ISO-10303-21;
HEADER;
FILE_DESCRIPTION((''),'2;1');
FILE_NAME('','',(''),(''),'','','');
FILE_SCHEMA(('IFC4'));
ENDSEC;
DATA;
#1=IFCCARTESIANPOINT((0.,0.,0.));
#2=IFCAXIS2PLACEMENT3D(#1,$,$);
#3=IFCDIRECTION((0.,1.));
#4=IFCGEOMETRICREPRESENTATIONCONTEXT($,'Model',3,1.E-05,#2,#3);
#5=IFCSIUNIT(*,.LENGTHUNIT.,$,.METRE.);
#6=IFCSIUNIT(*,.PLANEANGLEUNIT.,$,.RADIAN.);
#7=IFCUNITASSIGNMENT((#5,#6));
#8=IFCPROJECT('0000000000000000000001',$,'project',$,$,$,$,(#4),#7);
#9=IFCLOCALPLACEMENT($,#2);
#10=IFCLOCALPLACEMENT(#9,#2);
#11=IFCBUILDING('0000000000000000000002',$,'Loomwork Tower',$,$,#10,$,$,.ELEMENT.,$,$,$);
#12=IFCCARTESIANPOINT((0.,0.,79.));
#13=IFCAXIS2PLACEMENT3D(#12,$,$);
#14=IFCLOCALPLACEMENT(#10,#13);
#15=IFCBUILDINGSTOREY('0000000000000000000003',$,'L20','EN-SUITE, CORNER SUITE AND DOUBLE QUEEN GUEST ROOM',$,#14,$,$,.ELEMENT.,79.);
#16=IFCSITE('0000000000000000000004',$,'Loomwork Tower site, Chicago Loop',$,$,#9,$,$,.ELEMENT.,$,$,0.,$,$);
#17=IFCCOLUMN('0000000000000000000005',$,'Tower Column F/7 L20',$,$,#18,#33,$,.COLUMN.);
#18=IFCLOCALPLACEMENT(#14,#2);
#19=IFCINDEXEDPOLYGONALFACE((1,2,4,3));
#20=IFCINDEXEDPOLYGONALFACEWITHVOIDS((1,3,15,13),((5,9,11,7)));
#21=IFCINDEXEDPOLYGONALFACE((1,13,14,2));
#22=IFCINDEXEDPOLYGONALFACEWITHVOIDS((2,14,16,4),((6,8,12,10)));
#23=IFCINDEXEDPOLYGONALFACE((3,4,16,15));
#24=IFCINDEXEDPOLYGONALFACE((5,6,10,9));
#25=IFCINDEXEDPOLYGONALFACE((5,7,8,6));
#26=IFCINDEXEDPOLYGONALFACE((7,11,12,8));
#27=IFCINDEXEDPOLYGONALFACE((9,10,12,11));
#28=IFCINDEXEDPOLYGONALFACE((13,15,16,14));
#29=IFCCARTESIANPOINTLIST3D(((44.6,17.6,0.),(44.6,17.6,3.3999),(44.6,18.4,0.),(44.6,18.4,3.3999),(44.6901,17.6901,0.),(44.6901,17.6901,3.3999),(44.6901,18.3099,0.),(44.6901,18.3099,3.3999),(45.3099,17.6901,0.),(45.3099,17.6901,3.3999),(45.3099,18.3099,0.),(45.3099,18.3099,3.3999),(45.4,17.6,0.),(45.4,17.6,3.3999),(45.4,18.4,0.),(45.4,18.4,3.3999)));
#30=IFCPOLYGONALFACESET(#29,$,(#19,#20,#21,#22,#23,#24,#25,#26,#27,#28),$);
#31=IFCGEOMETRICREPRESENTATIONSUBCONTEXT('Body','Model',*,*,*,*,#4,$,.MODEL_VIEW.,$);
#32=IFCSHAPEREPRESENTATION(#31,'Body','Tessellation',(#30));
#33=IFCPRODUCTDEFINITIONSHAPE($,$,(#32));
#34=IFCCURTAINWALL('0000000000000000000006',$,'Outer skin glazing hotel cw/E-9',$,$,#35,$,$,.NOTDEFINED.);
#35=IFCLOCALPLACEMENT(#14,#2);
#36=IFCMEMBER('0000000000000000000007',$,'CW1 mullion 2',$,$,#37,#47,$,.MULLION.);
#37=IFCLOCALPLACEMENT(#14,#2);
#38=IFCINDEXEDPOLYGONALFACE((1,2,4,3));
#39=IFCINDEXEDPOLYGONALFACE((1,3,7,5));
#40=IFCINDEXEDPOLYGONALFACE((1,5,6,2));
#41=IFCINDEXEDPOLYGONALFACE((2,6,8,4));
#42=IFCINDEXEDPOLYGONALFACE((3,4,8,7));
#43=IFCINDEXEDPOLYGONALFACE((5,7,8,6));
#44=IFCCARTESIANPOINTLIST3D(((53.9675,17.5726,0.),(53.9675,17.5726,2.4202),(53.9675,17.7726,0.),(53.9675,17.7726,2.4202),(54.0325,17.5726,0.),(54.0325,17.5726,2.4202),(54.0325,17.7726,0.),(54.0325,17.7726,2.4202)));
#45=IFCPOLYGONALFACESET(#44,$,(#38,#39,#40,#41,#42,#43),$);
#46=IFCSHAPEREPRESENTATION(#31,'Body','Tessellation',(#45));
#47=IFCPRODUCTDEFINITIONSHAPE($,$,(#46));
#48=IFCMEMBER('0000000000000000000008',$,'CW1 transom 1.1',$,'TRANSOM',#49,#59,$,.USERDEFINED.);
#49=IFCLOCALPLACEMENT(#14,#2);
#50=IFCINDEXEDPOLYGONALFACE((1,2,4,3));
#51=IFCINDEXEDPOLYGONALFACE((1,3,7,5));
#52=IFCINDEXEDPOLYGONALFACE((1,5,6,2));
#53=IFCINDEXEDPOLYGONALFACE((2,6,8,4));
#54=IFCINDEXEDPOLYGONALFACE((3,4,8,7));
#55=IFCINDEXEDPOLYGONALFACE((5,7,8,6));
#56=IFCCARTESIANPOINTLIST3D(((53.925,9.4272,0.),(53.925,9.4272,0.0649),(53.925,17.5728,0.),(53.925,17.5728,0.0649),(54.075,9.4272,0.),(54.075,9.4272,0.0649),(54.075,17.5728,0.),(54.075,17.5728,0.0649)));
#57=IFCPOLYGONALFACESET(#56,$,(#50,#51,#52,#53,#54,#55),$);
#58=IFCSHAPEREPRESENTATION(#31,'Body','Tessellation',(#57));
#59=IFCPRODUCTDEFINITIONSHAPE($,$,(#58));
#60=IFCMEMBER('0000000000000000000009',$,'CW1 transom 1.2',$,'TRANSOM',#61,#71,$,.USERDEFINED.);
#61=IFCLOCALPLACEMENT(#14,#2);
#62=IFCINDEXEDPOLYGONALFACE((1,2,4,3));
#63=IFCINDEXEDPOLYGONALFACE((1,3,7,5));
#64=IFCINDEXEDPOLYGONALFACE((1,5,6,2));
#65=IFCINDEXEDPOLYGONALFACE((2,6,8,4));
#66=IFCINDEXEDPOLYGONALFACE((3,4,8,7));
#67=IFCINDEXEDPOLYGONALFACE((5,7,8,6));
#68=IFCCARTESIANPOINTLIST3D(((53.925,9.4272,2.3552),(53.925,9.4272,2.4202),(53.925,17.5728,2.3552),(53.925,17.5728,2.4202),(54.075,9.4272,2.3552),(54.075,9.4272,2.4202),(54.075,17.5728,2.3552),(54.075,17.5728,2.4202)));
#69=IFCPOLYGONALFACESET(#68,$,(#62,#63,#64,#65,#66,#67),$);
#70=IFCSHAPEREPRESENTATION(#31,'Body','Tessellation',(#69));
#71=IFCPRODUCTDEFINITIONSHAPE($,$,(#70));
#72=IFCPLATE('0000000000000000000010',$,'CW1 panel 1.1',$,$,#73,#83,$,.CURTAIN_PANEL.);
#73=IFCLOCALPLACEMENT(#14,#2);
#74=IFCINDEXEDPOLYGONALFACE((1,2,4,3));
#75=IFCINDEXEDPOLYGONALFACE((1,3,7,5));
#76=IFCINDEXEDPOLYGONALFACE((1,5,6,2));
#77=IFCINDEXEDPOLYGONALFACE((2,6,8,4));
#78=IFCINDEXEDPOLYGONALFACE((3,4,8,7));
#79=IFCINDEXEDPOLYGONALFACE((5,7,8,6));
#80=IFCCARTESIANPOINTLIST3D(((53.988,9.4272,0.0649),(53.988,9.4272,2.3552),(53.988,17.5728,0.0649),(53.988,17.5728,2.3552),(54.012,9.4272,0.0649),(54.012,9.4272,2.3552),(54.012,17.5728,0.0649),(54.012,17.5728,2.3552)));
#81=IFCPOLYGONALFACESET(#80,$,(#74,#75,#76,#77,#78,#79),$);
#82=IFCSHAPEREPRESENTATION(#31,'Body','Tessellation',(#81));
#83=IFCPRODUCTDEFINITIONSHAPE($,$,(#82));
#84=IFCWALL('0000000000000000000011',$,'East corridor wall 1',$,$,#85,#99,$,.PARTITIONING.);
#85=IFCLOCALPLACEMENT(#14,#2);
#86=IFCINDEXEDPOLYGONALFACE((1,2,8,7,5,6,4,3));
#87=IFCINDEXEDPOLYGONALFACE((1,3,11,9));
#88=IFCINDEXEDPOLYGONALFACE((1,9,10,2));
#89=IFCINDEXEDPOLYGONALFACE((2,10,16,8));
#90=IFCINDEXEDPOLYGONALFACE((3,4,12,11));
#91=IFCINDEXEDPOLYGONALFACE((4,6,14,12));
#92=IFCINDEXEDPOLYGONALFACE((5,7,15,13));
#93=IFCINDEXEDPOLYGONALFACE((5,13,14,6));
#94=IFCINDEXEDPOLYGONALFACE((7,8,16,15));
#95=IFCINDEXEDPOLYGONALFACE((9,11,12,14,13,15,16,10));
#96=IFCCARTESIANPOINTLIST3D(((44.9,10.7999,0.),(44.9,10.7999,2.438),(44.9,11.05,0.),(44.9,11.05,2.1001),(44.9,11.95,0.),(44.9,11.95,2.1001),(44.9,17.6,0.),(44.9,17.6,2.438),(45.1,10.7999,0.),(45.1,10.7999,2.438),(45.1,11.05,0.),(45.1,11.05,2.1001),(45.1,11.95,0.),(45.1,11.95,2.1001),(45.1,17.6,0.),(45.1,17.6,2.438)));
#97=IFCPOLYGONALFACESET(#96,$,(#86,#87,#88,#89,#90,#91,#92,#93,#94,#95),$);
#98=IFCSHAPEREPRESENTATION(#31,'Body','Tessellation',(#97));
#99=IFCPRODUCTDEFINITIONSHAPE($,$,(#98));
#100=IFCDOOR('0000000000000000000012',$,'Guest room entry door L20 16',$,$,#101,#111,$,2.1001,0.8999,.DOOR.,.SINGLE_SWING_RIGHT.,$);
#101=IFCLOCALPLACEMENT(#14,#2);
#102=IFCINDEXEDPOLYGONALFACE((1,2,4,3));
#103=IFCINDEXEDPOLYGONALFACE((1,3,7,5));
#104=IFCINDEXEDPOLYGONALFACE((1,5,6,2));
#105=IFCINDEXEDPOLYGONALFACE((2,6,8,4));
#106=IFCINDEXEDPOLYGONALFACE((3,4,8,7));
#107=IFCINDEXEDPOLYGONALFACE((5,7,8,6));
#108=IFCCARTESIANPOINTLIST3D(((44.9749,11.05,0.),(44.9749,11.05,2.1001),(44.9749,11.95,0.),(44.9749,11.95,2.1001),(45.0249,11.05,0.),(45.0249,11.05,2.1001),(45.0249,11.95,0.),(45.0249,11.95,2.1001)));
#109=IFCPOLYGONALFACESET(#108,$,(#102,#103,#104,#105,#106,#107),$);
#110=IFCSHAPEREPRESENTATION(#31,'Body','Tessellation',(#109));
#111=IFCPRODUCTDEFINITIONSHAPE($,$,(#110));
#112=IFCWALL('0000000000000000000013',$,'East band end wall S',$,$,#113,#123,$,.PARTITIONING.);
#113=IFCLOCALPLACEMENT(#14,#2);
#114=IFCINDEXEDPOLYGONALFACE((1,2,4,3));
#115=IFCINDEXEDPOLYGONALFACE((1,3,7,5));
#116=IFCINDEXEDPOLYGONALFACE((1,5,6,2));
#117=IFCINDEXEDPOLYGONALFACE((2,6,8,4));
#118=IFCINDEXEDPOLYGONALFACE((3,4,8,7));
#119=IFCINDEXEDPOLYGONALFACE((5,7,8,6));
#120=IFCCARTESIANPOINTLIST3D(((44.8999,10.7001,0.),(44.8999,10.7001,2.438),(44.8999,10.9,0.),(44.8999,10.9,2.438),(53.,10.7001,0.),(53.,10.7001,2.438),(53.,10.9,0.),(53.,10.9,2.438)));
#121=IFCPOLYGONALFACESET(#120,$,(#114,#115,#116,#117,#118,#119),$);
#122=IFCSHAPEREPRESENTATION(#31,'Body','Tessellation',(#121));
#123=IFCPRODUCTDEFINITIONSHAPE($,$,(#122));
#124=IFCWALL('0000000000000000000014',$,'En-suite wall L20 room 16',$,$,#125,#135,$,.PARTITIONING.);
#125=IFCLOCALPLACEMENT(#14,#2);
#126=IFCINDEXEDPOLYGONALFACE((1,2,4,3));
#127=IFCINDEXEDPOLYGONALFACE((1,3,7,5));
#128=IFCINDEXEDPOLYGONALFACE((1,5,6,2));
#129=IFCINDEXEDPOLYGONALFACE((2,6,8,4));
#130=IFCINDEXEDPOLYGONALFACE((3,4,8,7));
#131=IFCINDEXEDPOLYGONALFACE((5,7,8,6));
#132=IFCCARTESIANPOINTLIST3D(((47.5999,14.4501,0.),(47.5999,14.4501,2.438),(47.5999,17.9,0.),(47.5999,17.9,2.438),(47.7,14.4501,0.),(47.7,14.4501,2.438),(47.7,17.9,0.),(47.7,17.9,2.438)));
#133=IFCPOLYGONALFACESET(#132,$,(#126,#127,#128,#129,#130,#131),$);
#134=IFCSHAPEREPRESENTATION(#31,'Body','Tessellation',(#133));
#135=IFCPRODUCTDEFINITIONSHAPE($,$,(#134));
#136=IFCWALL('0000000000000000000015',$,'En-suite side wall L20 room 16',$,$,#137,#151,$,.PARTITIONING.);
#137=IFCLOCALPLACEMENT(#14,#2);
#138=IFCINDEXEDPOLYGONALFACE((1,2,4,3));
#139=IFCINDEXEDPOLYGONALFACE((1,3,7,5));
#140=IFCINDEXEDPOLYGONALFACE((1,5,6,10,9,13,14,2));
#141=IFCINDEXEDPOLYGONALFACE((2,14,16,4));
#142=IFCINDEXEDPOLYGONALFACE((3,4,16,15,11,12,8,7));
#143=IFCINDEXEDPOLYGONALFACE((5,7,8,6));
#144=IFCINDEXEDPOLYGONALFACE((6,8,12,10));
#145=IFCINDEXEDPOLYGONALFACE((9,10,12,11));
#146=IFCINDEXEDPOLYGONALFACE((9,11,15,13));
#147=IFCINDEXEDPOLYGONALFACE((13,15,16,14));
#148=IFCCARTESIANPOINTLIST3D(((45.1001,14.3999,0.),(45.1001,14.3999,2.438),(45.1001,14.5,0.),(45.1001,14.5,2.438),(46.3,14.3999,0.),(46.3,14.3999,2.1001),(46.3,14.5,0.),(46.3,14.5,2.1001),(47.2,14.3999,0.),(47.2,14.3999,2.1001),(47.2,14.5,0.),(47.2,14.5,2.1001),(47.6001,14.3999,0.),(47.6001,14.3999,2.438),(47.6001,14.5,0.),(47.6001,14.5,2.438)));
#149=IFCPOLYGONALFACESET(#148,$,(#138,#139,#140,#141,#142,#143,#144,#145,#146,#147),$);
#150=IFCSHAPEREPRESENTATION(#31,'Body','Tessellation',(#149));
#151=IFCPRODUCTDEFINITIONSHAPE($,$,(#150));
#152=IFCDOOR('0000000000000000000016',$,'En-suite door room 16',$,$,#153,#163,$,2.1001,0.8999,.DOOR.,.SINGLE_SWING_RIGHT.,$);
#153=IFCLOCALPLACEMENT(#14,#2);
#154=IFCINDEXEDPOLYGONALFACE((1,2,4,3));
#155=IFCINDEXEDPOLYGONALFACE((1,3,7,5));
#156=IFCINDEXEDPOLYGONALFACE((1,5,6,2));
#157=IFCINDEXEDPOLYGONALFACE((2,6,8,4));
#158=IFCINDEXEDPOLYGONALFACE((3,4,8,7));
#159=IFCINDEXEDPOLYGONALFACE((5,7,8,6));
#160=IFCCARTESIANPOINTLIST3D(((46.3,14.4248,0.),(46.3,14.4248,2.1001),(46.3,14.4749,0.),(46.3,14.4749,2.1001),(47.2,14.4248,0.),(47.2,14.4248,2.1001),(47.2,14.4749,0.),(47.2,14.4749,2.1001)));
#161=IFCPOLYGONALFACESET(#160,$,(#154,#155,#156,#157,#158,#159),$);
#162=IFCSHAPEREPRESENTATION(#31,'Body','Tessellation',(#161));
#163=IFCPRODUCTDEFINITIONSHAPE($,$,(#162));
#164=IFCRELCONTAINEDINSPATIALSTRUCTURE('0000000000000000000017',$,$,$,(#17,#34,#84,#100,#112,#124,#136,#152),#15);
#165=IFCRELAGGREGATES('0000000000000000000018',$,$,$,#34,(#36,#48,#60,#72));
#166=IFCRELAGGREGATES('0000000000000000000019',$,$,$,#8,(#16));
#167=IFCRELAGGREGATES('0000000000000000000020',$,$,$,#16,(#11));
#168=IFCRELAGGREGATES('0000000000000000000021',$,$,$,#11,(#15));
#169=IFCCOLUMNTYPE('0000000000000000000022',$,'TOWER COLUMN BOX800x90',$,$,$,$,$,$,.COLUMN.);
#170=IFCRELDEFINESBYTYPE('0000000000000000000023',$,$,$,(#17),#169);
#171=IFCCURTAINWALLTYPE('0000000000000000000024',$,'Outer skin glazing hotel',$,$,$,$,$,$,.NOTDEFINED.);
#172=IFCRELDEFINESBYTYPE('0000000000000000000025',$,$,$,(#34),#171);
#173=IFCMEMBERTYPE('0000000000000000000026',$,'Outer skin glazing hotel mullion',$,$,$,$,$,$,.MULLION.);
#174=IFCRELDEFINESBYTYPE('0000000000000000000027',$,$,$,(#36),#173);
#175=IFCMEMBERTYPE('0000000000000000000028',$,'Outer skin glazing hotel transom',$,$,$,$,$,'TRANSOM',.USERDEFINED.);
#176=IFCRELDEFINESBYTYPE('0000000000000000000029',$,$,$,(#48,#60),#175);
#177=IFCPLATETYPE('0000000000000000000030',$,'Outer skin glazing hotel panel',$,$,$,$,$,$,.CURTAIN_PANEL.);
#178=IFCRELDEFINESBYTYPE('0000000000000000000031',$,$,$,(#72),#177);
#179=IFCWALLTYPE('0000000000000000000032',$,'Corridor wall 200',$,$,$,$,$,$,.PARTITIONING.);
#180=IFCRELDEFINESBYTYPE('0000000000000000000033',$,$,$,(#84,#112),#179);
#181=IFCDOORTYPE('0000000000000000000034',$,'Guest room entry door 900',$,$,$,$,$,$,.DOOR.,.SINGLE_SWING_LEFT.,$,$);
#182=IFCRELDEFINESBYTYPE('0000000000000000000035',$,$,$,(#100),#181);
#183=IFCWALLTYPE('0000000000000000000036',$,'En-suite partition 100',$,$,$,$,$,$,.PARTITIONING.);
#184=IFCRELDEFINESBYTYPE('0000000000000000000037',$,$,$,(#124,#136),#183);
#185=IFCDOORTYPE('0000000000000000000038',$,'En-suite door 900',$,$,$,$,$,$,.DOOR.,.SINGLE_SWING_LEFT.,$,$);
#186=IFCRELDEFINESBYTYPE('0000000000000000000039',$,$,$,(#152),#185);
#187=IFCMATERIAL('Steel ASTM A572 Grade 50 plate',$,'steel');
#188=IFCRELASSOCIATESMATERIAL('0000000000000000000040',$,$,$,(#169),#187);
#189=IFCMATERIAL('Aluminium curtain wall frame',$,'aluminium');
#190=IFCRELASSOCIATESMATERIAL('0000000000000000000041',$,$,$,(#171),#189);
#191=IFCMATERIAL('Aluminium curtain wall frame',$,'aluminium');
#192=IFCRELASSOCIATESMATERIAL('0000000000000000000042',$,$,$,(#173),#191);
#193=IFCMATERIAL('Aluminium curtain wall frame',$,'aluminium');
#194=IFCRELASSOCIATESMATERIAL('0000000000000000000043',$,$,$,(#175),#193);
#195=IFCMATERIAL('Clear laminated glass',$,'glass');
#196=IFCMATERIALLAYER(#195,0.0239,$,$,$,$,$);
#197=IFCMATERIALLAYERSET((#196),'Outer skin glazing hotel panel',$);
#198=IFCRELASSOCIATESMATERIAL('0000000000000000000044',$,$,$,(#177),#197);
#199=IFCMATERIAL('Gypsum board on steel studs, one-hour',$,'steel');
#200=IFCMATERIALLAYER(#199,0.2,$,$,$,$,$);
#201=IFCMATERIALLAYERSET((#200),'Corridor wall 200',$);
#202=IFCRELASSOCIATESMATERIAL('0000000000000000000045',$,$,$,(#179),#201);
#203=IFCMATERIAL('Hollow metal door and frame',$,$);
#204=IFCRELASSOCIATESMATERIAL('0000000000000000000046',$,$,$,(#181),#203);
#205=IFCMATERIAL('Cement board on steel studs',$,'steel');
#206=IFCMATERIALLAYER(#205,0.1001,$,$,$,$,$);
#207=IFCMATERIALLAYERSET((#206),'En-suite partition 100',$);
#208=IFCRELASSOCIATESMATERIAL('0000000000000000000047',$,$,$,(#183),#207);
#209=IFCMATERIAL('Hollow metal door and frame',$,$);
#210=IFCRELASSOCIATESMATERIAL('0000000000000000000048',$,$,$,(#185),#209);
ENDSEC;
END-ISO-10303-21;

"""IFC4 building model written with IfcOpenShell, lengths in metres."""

from ifc_helpers import new_model, si_unit, direction, frame, frame_2d, origin, origin_2d, place, context, subcontext, project, spatial, rectangle, hollow_rectangle, extrude, material, layer, layer_set, material_profile, profile_set, type_object, element, fill, aggregate, save


model = new_model("IFC4")

# Units and contexts
model_context = context("Model", 3, precision=1e-05, world=origin(), true_north=direction((0.0, 1.0)))
body_context = subcontext(model_context, "Body", "Model", "MODEL_VIEW")
ifc_project = project(units=[si_unit("LENGTHUNIT", "METRE"), si_unit("PLANEANGLEUNIT", "RADIAN")], contexts=[model_context])

# Site, building, storey
site_placement = place(None, origin())
site = spatial("IfcSite", under=ifc_project, at=site_placement, Name="Loomwork Tower site, Chicago Loop", CompositionType="ELEMENT", RefElevation=0.0)
building_placement = place(site_placement, origin())
building = spatial("IfcBuilding", under=site, at=building_placement, Name="Loomwork Tower", CompositionType="ELEMENT")
storey_placement = place(building_placement, frame((0.0, 0.0, 79.0)))
storey = spatial("IfcBuildingStorey", under=building, at=storey_placement, Name="L20", Description="EN-SUITE, CORNER SUITE AND DOUBLE QUEEN GUEST ROOM", CompositionType="ELEMENT", Elevation=79.0)

# Column
ifc_material_1 = material(Name="Steel ASTM A572 Grade 50 plate", Category="steel")
ifc_material_profile_1 = material_profile(ifc_material_1, hollow_rectangle(XDim=0.8, YDim=0.8, WallThickness=0.0901, at=origin_2d()), Name="BOX800x90")
ifc_profile_set_1 = profile_set([ifc_material_profile_1], Name="Steel ASTM A572 Grade 50 plate")
column_type = type_object("IfcColumnType", Name="TOWER COLUMN BOX800x90", PredefinedType="COLUMN", material=ifc_profile_set_1)
column_placement = place(storey_placement, frame((45.0, 18.0, 0.0), z_axis=(0.0, 0.0, 1.0), x_axis=(0.0, 1.0, 0.0)))
element("IfcColumn", 1, at=column_placement, inside=storey, type_object=column_type, Name="Tower Column F/7 L20", PredefinedType="COLUMN", context=body_context, shape_type="SweptSolid", body=[
    extrude(hollow_rectangle(XDim=0.8, YDim=0.8, WallThickness=0.0901, at=origin_2d()), origin(), (0.0, 0.0, 1.0), 3.3999),
])

# Curtain wall, members, plate
ifc_material_2 = material(Name="Aluminium curtain wall frame", Category="aluminium")
curtain_wall_type = type_object("IfcCurtainWallType", Name="Outer skin glazing hotel", PredefinedType="NOTDEFINED", material=ifc_material_2)
curtain_wall_placement = place(storey_placement, origin())
curtain_wall = element("IfcCurtainWall", 2, at=curtain_wall_placement, inside=storey, type_object=curtain_wall_type, Name="Outer skin glazing hotel cw/E-9", PredefinedType="NOTDEFINED")
ifc_material_3 = material(Name="Aluminium curtain wall frame", Category="aluminium")
ifc_material_profile_2 = material_profile(ifc_material_3, rectangle(XDim=0.0649, YDim=0.2, at=origin_2d()), Name="AL 65x200")
ifc_profile_set_2 = profile_set([ifc_material_profile_2], Name="Aluminium curtain wall frame")
member_type_1 = type_object("IfcMemberType", Name="Outer skin glazing hotel mullion", PredefinedType="MULLION", material=ifc_profile_set_2)
member_1_placement = place(storey_placement, frame((54.0, 17.6726, 0.0), z_axis=(0.0, 0.0, 1.0), x_axis=(-1.0, 0.0, 0.0)))
member_1 = element("IfcMember", 3, at=member_1_placement, type_object=member_type_1, Name="CW1 mullion 2", PredefinedType="MULLION", context=body_context, shape_type="SweptSolid", body=[
    extrude(rectangle(XDim=0.0649, YDim=0.2, at=origin_2d()), origin(), (0.0, 0.0, 1.0), 2.4202),
])
ifc_material_4 = material(Name="Aluminium curtain wall frame", Category="aluminium")
ifc_material_profile_3 = material_profile(ifc_material_4, rectangle(XDim=0.1499, YDim=0.0649, at=origin_2d()), Name="AL 65x150")
ifc_profile_set_3 = profile_set([ifc_material_profile_3], Name="Aluminium curtain wall frame")
member_type_2 = type_object("IfcMemberType", Name="Outer skin glazing hotel transom", ElementType="TRANSOM", PredefinedType="USERDEFINED", material=ifc_profile_set_3)
member_2_placement = place(storey_placement, frame((54.0, 9.4272, 0.0325), z_axis=(0.0, 1.0, 0.0), x_axis=(-1.0, 0.0, 0.0)))
member_2 = element("IfcMember", 4, at=member_2_placement, type_object=member_type_2, Name="CW1 transom 1.1", ObjectType="TRANSOM", PredefinedType="USERDEFINED", context=body_context, shape_type="SweptSolid", body=[
    extrude(rectangle(XDim=0.1499, YDim=0.0649, at=origin_2d()), origin(), (0.0, 0.0, 1.0), 8.1455),
])
member_3_placement = place(storey_placement, frame((54.0, 9.4272, 2.3877), z_axis=(0.0, 1.0, 0.0), x_axis=(-1.0, 0.0, 0.0)))
member_3 = element("IfcMember", 5, at=member_3_placement, type_object=member_type_2, Name="CW1 transom 1.2", ObjectType="TRANSOM", PredefinedType="USERDEFINED", context=body_context, shape_type="SweptSolid", body=[
    extrude(rectangle(XDim=0.1499, YDim=0.0649, at=origin_2d()), origin(), (0.0, 0.0, 1.0), 8.1455),
])
ifc_material_5 = material(Name="Clear laminated glass", Category="glass")
ifc_layer_1 = layer(ifc_material_5, 0.0239)
ifc_layer_set_1 = layer_set([ifc_layer_1], Name="Outer skin glazing hotel panel")
plate_type = type_object("IfcPlateType", Name="Outer skin glazing hotel panel", PredefinedType="CURTAIN_PANEL", material=ifc_layer_set_1)
plate_placement = place(storey_placement, frame((54.0, 13.5, 0.0649), z_axis=(0.0, 0.0, 1.0), x_axis=(0.0, 1.0, 0.0)))
plate = element("IfcPlate", 6, at=plate_placement, type_object=plate_type, Name="CW1 panel 1.1", PredefinedType="CURTAIN_PANEL", context=body_context, shape_type="SweptSolid", body=[
    extrude(rectangle(XDim=8.1455, YDim=0.0239, at=origin_2d()), origin(), (0.0, 0.0, 1.0), 2.2903),
])
aggregate(curtain_wall, [member_1, member_2, member_3, plate])

# Wall, opening, door
ifc_material_6 = material(Name="Gypsum board on steel studs, one-hour", Category="steel")
ifc_layer_2 = layer(ifc_material_6, 0.2)
ifc_layer_set_2 = layer_set([ifc_layer_2], Name="Corridor wall 200")
wall_type_1 = type_object("IfcWallType", Name="Corridor wall 200", PredefinedType="PARTITIONING", material=ifc_layer_set_2)
wall_1_placement = place(storey_placement, frame((45.0, 10.8, 0.0), z_axis=(0.0, 0.0, 1.0), x_axis=(0.0, 1.0, 0.0)))
wall_1 = element("IfcWall", 7, at=wall_1_placement, inside=storey, type_object=wall_type_1, Name="East corridor wall 1", PredefinedType="PARTITIONING", context=body_context, shape_type="SweptSolid", body=[
    extrude(rectangle(XDim=6.8, YDim=0.2, at=frame_2d((3.3999, 0.0))), origin(), (0.0, 0.0, 1.0), 2.438),
])
opening_1_placement = place(wall_1_placement, frame((0.25, 0.0, 0.0)))
opening_1 = element("IfcOpeningElement", 8, at=opening_1_placement, cuts=wall_1, PredefinedType="OPENING", context=body_context, shape_type="SweptSolid", body=[
    extrude(rectangle(XDim=0.8999, YDim=2.1001, at=frame_2d((0.45, 1.05))), frame((0.0, 0.1099, 0.0), z_axis=(0.0, -1.0, 0.0), x_axis=(1.0, 0.0, 0.0)), (0.0, 0.0, 1.0), 0.22),
])
ifc_material_7 = material(Name="Hollow metal door and frame")
door_type_1 = type_object("IfcDoorType", Name="Guest room entry door 900", OperationType="SINGLE_SWING_LEFT", PredefinedType="DOOR", material=ifc_material_7)
door_1_placement = place(opening_1_placement, frame((0.8999, 0.0, 0.0), z_axis=(0.0, 0.0, 1.0), x_axis=(-1.0, 0.0, 0.0)))
door_1 = element("IfcDoor", 9, at=door_1_placement, inside=storey, type_object=door_type_1, Name="Guest room entry door L20 16", OperationType="SINGLE_SWING_RIGHT", OverallHeight=2.1001, OverallWidth=0.8999, PredefinedType="DOOR", context=body_context, shape_type="SweptSolid", body=[
    extrude(rectangle(XDim=0.8999, YDim=2.1001, at=frame_2d((0.45, 1.05))), frame((0.0, 0.0249, 0.0), z_axis=(0.0, -1.0, 0.0), x_axis=(1.0, 0.0, 0.0)), (0.0, 0.0, 1.0), 0.05),
])
fill(opening_1, door_1)

# Walls
wall_2_placement = place(storey_placement, frame((44.8999, 10.8, 0.0), z_axis=(0.0, 0.0, 1.0), x_axis=(1.0, 0.0, 0.0)))
element("IfcWall", 10, at=wall_2_placement, inside=storey, type_object=wall_type_1, Name="East band end wall S", PredefinedType="PARTITIONING", context=body_context, shape_type="SweptSolid", body=[
    extrude(rectangle(XDim=8.1001, YDim=0.2, at=frame_2d((4.05, 0.0))), origin(), (0.0, 0.0, 1.0), 2.438),
])
ifc_material_8 = material(Name="Cement board on steel studs", Category="steel")
ifc_layer_3 = layer(ifc_material_8, 0.1001)
ifc_layer_set_3 = layer_set([ifc_layer_3], Name="En-suite partition 100")
wall_type_2 = type_object("IfcWallType", Name="En-suite partition 100", PredefinedType="PARTITIONING", material=ifc_layer_set_3)
wall_3_placement = place(storey_placement, frame((47.6499, 14.45, 0.0), z_axis=(0.0, 0.0, 1.0), x_axis=(0.0, 1.0, 0.0)))
element("IfcWall", 11, at=wall_3_placement, inside=storey, type_object=wall_type_2, Name="En-suite wall L20 room 16", PredefinedType="PARTITIONING", context=body_context, shape_type="SweptSolid", body=[
    extrude(rectangle(XDim=3.45, YDim=0.1001, at=frame_2d((1.7251, 0.0))), origin(), (0.0, 0.0, 1.0), 2.438),
])

# Wall, opening, door
wall_4_placement = place(storey_placement, frame((45.1001, 14.45, 0.0), z_axis=(0.0, 0.0, 1.0), x_axis=(1.0, 0.0, 0.0)))
wall_4 = element("IfcWall", 12, at=wall_4_placement, inside=storey, type_object=wall_type_2, Name="En-suite side wall L20 room 16", PredefinedType="PARTITIONING", context=body_context, shape_type="SweptSolid", body=[
    extrude(rectangle(XDim=2.5, YDim=0.1001, at=frame_2d((1.25, 0.0))), origin(), (0.0, 0.0, 1.0), 2.438),
])
opening_2_placement = place(wall_4_placement, frame((1.2, 0.0, 0.0)))
opening_2 = element("IfcOpeningElement", 13, at=opening_2_placement, cuts=wall_4, PredefinedType="OPENING", context=body_context, shape_type="SweptSolid", body=[
    extrude(rectangle(XDim=0.8999, YDim=2.1001, at=frame_2d((0.45, 1.05))), frame((0.0, 0.0601, 0.0), z_axis=(0.0, -1.0, 0.0), x_axis=(1.0, 0.0, 0.0)), (0.0, 0.0, 1.0), 0.1201),
])
ifc_material_9 = material(Name="Hollow metal door and frame")
door_type_2 = type_object("IfcDoorType", Name="En-suite door 900", OperationType="SINGLE_SWING_LEFT", PredefinedType="DOOR", material=ifc_material_9)
door_2_placement = place(opening_2_placement, origin())
door_2 = element("IfcDoor", 14, at=door_2_placement, inside=storey, type_object=door_type_2, Name="En-suite door room 16", OperationType="SINGLE_SWING_RIGHT", OverallHeight=2.1001, OverallWidth=0.8999, PredefinedType="DOOR", context=body_context, shape_type="SweptSolid", body=[
    extrude(rectangle(XDim=0.8999, YDim=2.1001, at=frame_2d((0.45, 1.05))), frame((0.0, 0.0249, 0.0), z_axis=(0.0, -1.0, 0.0), x_axis=(1.0, 0.0, 0.0)), (0.0, 0.0, 1.0), 0.05),
])
fill(opening_2, door_2)

save(model, "model.ifc")
